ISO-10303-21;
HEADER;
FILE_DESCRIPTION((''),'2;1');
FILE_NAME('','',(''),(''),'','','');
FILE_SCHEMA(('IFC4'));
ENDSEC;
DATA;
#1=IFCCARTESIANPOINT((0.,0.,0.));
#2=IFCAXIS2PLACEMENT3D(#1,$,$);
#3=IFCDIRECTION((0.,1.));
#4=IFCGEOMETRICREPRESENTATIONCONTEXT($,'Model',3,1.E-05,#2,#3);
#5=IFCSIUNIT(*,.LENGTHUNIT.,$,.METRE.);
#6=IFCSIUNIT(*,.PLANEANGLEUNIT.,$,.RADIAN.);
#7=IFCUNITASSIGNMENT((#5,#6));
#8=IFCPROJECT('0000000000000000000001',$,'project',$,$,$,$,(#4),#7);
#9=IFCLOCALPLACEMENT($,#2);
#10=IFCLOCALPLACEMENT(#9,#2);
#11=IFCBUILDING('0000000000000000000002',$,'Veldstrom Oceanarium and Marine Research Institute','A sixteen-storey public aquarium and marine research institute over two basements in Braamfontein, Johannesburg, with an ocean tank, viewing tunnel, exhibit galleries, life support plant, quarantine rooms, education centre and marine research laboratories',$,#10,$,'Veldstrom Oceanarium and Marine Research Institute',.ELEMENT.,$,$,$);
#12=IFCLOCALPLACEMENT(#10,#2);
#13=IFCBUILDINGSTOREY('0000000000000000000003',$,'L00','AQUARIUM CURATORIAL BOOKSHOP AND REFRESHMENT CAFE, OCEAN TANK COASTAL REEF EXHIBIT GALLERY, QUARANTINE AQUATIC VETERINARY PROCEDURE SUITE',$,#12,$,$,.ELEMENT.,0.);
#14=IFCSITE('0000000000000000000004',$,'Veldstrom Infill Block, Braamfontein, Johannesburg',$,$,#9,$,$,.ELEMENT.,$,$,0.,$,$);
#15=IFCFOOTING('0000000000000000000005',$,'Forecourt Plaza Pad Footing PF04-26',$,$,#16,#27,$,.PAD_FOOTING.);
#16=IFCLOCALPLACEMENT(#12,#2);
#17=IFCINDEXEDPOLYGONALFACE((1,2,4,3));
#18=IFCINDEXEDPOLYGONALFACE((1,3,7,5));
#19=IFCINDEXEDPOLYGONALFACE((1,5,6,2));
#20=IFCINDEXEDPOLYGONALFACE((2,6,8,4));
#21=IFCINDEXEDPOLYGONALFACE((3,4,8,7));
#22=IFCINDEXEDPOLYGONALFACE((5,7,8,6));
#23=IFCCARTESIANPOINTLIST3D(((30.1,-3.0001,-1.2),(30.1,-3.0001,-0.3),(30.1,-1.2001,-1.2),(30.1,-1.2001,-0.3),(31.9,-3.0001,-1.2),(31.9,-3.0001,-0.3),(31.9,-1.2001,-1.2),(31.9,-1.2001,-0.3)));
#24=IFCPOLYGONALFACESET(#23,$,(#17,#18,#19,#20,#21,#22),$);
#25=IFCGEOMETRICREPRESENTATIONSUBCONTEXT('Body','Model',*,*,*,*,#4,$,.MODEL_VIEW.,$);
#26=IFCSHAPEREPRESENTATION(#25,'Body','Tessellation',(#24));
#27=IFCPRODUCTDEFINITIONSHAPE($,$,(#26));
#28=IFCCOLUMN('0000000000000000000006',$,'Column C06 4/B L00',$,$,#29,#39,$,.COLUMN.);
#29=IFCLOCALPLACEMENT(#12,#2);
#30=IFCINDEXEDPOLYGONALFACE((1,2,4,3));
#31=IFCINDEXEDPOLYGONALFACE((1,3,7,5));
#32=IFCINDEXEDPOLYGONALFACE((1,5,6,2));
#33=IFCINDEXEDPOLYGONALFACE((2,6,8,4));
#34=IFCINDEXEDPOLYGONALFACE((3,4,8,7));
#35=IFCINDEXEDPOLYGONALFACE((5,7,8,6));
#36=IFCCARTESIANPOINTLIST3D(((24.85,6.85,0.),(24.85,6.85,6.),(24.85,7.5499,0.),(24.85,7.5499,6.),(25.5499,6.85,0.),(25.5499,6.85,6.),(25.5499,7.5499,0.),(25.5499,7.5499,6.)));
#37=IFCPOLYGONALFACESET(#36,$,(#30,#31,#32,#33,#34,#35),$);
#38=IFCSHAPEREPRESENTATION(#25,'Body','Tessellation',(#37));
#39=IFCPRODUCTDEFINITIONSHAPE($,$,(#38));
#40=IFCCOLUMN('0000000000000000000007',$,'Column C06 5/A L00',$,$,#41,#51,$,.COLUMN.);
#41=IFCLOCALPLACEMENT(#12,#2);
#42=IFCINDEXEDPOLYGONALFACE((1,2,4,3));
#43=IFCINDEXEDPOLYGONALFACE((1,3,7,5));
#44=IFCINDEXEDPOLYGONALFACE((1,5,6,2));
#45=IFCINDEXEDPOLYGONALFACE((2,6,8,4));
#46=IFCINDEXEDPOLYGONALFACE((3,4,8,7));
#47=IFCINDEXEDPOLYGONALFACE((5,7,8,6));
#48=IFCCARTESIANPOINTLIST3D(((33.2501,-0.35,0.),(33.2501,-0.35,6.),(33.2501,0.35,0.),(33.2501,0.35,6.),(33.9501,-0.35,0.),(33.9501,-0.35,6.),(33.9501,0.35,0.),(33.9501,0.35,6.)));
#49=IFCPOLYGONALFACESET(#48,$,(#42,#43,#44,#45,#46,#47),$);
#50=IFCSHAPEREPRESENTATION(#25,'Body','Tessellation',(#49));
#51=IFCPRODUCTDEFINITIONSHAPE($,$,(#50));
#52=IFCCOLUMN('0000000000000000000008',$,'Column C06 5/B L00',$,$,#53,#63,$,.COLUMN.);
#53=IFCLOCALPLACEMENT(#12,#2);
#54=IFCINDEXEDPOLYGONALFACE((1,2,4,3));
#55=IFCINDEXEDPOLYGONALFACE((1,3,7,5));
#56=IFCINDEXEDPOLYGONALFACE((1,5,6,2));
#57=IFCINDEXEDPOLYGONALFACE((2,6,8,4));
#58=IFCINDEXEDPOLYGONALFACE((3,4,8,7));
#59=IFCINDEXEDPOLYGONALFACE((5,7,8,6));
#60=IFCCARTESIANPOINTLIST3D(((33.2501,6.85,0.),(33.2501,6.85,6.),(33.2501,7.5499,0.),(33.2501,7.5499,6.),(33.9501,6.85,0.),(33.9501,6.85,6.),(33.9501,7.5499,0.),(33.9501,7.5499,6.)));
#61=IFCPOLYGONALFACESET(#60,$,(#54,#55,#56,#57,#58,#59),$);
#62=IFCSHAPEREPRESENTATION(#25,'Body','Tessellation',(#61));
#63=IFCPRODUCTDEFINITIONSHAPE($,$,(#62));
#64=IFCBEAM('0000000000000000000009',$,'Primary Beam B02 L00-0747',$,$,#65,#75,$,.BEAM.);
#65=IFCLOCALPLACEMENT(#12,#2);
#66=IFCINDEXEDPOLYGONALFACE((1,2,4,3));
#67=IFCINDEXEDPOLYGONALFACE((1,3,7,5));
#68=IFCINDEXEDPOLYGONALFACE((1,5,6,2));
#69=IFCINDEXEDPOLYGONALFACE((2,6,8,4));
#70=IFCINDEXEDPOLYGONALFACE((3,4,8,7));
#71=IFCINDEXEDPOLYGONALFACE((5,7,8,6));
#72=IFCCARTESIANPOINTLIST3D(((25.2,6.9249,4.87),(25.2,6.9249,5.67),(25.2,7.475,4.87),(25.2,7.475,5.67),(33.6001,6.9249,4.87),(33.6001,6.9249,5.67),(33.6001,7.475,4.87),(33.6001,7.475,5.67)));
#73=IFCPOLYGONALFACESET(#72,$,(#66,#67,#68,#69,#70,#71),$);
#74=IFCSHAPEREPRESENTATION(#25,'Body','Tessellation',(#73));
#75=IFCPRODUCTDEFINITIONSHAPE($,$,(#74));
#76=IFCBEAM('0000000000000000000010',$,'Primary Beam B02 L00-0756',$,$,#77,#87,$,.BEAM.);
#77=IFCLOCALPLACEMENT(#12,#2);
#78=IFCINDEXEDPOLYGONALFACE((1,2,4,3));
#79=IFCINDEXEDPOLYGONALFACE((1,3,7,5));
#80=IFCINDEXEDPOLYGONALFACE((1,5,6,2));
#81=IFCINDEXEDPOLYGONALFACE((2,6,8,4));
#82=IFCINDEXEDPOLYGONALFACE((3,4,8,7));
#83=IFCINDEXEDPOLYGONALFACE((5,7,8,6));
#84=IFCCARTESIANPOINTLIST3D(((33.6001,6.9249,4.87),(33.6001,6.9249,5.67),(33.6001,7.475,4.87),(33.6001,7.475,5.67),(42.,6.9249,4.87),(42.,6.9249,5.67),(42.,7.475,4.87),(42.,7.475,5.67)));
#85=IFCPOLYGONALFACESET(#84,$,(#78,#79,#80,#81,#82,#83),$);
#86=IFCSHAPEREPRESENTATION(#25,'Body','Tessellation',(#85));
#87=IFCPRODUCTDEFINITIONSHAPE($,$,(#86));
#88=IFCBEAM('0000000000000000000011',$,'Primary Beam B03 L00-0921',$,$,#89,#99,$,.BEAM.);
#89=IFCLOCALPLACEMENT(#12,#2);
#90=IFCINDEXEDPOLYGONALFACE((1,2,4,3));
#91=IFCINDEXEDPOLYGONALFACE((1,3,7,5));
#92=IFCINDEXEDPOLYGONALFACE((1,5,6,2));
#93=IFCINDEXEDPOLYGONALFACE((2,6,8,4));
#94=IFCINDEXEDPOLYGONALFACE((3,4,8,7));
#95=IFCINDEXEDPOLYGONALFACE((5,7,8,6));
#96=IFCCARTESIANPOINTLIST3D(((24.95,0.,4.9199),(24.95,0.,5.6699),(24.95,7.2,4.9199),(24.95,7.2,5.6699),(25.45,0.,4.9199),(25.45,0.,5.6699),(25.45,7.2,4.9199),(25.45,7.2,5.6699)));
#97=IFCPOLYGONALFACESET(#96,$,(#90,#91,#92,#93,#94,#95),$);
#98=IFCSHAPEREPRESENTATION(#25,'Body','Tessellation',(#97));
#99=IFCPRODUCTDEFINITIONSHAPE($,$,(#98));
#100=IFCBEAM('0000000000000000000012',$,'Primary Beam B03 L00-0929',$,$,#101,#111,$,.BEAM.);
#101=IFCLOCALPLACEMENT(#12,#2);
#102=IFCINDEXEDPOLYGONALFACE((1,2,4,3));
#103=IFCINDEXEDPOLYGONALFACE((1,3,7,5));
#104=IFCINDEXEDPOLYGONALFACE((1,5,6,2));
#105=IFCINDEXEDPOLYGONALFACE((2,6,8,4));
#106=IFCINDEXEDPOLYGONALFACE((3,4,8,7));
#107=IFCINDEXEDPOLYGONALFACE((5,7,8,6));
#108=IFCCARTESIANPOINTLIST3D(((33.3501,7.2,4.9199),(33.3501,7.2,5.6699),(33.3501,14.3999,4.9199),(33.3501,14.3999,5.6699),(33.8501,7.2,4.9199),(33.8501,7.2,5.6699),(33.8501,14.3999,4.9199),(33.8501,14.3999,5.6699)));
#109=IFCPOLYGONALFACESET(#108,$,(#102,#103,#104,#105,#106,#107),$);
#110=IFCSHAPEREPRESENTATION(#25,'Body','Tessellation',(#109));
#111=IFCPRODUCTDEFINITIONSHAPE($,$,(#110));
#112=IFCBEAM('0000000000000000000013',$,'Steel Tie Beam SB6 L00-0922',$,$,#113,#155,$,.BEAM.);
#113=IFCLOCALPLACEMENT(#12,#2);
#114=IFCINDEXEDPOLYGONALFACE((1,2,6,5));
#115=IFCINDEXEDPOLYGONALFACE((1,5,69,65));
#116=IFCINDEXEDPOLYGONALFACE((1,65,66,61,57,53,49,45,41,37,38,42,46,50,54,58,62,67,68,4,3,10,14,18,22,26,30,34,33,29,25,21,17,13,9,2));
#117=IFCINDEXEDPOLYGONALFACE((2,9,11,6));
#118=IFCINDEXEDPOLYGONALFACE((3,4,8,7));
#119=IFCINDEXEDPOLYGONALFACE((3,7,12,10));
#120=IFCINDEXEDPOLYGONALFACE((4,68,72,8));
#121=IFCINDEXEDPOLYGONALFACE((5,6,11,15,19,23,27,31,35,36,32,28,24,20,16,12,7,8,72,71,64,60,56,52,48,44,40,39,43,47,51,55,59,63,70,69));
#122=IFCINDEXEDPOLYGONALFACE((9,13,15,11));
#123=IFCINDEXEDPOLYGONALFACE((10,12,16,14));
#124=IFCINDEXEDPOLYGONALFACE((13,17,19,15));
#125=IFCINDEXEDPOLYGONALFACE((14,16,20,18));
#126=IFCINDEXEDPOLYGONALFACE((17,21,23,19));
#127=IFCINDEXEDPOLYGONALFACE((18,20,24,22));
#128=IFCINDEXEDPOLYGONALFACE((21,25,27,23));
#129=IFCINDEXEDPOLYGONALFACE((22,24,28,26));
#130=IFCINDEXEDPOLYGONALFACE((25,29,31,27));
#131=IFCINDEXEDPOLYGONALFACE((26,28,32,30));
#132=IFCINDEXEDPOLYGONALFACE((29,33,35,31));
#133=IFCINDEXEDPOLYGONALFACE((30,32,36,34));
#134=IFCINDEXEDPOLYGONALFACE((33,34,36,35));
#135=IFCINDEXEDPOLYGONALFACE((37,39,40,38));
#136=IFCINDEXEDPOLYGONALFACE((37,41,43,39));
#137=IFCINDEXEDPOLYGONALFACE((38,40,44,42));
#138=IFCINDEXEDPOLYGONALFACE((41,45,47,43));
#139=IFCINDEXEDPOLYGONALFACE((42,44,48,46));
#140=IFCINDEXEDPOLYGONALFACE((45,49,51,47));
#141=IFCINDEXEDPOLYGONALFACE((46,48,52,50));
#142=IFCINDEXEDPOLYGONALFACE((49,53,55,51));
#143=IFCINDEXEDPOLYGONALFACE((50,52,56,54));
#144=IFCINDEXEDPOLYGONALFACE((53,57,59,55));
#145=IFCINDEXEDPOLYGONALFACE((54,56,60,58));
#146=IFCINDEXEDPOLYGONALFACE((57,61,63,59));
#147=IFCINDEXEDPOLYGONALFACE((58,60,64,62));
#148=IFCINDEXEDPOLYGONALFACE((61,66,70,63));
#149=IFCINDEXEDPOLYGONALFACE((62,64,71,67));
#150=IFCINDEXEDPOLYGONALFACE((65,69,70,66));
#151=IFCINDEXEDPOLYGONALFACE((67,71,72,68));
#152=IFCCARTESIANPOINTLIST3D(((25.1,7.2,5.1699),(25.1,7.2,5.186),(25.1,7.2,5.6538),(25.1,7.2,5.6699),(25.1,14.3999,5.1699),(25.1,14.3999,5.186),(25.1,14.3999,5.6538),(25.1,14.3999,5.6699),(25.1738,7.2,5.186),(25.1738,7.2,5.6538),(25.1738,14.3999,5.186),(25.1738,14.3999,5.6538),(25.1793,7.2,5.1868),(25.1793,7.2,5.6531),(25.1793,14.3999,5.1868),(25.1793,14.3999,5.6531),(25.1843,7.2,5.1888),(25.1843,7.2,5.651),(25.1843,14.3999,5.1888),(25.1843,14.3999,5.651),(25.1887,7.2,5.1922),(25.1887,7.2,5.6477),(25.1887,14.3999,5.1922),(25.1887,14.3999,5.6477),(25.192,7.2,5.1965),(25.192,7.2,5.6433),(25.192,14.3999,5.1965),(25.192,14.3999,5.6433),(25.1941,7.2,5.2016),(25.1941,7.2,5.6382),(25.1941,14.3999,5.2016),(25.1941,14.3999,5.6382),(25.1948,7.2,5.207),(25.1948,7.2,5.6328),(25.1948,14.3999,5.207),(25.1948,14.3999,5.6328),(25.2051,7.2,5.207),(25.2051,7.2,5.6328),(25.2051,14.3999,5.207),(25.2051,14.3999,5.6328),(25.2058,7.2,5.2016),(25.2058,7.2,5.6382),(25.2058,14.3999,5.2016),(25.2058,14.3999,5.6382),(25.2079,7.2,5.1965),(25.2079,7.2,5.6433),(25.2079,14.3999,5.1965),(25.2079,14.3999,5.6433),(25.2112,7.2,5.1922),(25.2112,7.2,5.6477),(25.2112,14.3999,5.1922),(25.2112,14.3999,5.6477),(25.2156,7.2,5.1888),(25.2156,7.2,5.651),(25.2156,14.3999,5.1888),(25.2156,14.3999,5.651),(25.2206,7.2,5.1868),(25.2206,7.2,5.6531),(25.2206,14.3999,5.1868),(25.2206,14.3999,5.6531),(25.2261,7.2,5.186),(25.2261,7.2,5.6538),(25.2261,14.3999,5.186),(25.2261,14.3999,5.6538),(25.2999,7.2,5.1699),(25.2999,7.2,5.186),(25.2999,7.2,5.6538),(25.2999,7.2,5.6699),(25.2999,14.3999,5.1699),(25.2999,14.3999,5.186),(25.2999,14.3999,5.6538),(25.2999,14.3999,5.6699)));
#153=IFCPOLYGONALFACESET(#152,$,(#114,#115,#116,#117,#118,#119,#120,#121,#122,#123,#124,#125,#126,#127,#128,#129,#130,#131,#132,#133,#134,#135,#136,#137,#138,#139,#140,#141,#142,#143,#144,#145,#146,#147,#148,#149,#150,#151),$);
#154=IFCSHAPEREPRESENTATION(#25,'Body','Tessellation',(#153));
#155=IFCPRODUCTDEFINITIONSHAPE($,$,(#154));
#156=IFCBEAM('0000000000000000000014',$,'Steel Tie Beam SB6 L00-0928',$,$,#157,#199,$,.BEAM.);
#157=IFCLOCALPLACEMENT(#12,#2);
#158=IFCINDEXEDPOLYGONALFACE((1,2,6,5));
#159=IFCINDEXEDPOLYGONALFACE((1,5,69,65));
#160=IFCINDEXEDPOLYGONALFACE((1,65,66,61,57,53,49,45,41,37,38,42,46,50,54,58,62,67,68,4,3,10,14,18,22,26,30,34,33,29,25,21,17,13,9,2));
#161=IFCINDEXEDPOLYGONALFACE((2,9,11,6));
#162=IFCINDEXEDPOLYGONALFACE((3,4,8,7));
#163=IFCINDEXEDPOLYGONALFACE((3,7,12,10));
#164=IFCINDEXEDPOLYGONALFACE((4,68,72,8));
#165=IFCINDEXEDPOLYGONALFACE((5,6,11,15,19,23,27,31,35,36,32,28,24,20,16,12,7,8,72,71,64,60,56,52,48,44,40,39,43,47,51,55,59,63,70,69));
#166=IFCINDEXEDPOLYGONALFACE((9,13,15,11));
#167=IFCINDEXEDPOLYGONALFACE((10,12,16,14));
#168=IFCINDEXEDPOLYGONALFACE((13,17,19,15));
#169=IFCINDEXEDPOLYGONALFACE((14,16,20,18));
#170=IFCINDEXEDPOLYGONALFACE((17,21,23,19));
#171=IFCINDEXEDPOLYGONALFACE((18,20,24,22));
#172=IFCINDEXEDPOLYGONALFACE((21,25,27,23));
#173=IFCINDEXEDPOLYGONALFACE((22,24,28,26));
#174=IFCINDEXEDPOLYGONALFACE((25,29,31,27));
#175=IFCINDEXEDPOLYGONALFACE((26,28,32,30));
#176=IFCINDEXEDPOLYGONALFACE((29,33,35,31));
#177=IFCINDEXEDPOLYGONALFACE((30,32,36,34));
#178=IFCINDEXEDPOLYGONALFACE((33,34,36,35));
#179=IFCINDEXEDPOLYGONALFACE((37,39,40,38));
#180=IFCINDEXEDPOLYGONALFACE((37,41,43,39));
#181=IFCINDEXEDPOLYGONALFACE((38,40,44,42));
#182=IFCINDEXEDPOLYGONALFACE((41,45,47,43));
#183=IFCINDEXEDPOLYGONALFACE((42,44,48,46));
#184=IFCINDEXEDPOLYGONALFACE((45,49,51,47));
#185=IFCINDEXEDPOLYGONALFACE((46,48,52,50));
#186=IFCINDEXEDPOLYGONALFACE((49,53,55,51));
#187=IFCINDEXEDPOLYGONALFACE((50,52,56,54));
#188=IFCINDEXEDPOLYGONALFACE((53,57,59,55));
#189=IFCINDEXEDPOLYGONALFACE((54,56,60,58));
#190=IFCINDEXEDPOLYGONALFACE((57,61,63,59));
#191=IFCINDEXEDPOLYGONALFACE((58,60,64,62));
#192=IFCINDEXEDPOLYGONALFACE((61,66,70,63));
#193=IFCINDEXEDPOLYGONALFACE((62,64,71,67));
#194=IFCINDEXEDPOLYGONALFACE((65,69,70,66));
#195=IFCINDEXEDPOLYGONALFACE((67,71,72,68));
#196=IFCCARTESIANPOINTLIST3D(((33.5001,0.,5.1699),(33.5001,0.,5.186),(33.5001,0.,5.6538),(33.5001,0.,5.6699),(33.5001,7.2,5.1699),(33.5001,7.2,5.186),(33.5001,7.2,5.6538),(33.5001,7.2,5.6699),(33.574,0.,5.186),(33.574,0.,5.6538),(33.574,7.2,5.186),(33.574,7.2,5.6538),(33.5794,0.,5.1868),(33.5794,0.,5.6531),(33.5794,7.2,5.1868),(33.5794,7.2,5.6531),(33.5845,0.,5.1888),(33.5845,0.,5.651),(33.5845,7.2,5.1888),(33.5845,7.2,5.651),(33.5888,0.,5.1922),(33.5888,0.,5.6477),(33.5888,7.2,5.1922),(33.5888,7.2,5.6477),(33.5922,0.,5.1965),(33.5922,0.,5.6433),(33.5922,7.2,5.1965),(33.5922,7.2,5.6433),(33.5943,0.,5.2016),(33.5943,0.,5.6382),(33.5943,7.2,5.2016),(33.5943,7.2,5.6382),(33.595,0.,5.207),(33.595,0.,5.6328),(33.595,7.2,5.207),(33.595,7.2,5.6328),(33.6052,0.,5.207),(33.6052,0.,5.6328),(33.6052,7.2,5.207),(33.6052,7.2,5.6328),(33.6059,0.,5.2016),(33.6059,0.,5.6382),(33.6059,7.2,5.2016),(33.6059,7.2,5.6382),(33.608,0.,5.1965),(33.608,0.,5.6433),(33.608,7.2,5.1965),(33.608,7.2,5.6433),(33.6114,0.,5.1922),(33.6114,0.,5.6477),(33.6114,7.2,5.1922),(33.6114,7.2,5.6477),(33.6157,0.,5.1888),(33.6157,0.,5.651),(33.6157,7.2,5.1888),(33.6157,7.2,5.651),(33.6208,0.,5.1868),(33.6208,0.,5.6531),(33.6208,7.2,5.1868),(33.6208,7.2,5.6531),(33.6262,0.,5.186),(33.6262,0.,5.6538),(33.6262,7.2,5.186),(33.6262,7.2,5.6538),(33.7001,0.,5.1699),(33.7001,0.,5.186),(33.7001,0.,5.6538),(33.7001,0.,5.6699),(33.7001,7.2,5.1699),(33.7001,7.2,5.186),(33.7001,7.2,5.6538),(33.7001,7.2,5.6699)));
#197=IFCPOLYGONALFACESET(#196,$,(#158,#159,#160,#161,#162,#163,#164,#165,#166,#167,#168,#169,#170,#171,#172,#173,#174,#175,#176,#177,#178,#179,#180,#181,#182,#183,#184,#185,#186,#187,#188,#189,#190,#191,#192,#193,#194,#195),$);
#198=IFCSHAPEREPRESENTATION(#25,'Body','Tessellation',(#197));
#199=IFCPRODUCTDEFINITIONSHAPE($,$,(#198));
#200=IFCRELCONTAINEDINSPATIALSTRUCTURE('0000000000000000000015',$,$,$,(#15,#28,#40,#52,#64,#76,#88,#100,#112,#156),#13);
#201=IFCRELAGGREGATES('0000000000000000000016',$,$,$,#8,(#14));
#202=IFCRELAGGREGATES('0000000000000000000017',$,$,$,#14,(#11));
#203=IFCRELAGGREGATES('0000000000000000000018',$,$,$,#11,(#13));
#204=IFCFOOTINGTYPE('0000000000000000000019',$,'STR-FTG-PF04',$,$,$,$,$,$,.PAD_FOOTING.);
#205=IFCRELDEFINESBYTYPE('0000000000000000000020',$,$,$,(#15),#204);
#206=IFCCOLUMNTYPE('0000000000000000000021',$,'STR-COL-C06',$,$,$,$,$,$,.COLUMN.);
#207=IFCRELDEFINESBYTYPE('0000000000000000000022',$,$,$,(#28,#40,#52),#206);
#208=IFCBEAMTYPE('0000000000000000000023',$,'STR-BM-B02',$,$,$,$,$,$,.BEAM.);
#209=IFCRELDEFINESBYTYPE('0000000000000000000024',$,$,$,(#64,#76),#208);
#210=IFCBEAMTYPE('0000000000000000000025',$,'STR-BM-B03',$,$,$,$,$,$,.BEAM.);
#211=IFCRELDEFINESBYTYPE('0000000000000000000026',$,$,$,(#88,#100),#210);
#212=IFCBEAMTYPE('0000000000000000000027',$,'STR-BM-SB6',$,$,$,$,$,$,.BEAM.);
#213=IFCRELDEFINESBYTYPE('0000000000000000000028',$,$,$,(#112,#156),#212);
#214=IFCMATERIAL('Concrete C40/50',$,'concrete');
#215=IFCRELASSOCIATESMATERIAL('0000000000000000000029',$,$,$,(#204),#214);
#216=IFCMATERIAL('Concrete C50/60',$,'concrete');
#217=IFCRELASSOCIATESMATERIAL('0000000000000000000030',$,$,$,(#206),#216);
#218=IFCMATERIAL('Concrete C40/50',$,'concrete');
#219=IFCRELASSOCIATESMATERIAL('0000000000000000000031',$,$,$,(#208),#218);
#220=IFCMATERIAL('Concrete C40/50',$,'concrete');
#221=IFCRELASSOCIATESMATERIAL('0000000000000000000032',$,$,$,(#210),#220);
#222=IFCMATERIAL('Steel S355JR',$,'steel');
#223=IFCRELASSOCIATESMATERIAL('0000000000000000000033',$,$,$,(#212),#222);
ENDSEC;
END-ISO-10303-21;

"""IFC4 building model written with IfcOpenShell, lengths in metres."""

from ifc_helpers import new_model, si_unit, direction, frame, origin, origin_2d, place, context, subcontext, project, spatial, rectangle, i_section, extrude, material, material_profile, profile_set, type_object, element, save


model = new_model("IFC4")

# Units and contexts
model_context = context("Model", 3, precision=1e-05, world=origin(), true_north=direction((0.0, 1.0)))
body_context = subcontext(model_context, "Body", "Model", "MODEL_VIEW")
ifc_project = project(units=[si_unit("LENGTHUNIT", "METRE"), si_unit("PLANEANGLEUNIT", "RADIAN")], contexts=[model_context])

# Site, building, storey
site_placement = place(None, origin())
site = spatial("IfcSite", under=ifc_project, at=site_placement, Name="Veldstrom Infill Block, Braamfontein, Johannesburg", CompositionType="ELEMENT", RefElevation=0.0)
building_placement = place(site_placement, origin())
building = spatial("IfcBuilding", under=site, at=building_placement, Name="Veldstrom Oceanarium and Marine Research Institute", Description="A sixteen-storey public aquarium and marine research institute over two basements in Braamfontein, Johannesburg, with an ocean tank, viewing tunnel, exhibit galleries, life support plant, quarantine rooms, education centre and marine research laboratories", LongName="Veldstrom Oceanarium and Marine Research Institute", CompositionType="ELEMENT")
storey_placement = place(building_placement, origin())
storey = spatial("IfcBuildingStorey", under=building, at=storey_placement, Name="L00", Description="AQUARIUM CURATORIAL BOOKSHOP AND REFRESHMENT CAFE, OCEAN TANK COASTAL REEF EXHIBIT GALLERY, QUARANTINE AQUATIC VETERINARY PROCEDURE SUITE", CompositionType="ELEMENT", Elevation=0.0)

# Footing
ifc_material_1 = material(Name="Concrete C40/50", Category="concrete")
footing_type = type_object("IfcFootingType", Name="STR-FTG-PF04", PredefinedType="PAD_FOOTING", material=ifc_material_1)
footing_placement = place(storey_placement, frame((31.0, -2.1001, -1.2), z_axis=(0.0, 0.0, 1.0), x_axis=(1.0, 0.0, 0.0)))
element("IfcFooting", 1, at=footing_placement, inside=storey, type_object=footing_type, Name="Forecourt Plaza Pad Footing PF04-26", PredefinedType="PAD_FOOTING", context=body_context, shape_type="SweptSolid", body=[
    extrude(rectangle(XDim=1.8, YDim=1.8, at=origin_2d()), origin(), (0.0, 0.0, 1.0), 0.8999),
])

# Columns
ifc_material_2 = material(Name="Concrete C50/60", Category="concrete")
ifc_material_profile_1 = material_profile(ifc_material_2, rectangle(XDim=0.7, YDim=0.7, at=origin_2d()), Name="RC-COL-700x700")
ifc_profile_set_1 = profile_set([ifc_material_profile_1], Name="Concrete C50/60")
column_type = type_object("IfcColumnType", Name="STR-COL-C06", PredefinedType="COLUMN", material=ifc_profile_set_1)
for number, where, z_axis, x_axis, name in (
    (2, (25.2, 7.2, 0.0), (0.0, 0.0, 1.0), (1.0, 0.0, 0.0), "Column C06 4/B L00"),
    (3, (33.6001, 0.0, 0.0), (0.0, 0.0, 1.0), (1.0, 0.0, 0.0), "Column C06 5/A L00"),
    (4, (33.6001, 7.2, 0.0), (0.0, 0.0, 1.0), (1.0, 0.0, 0.0), "Column C06 5/B L00"),
):
    element("IfcColumn", number, at=place(storey_placement, frame(where, z_axis=z_axis, x_axis=x_axis)), inside=storey, type_object=column_type, Name=name, PredefinedType="COLUMN", context=body_context, shape_type="SweptSolid", body=[
        extrude(rectangle(XDim=0.7, YDim=0.7, at=origin_2d()), origin(), (0.0, 0.0, 1.0), 6.0),
    ])

# Beams
ifc_material_3 = material(Name="Concrete C40/50", Category="concrete")
ifc_material_profile_2 = material_profile(ifc_material_3, rectangle(XDim=0.55, YDim=0.8, at=origin_2d()), Name="RC-BM-550x800")
ifc_profile_set_2 = profile_set([ifc_material_profile_2], Name="Concrete C40/50")
beam_type_1 = type_object("IfcBeamType", Name="STR-BM-B02", PredefinedType="BEAM", material=ifc_profile_set_2)
beam_1_placement = place(storey_placement, frame((25.2, 7.2, 5.27), z_axis=(1.0, 0.0, 0.0), x_axis=(0.0, 1.0, 0.0)))
element("IfcBeam", 5, at=beam_1_placement, inside=storey, type_object=beam_type_1, Name="Primary Beam B02 L00-0747", PredefinedType="BEAM", context=body_context, shape_type="SweptSolid", body=[
    extrude(rectangle(XDim=0.55, YDim=0.8, at=origin_2d()), origin(), (0.0, 0.0, 1.0), 8.4001),
])
beam_2_placement = place(storey_placement, frame((33.6001, 7.2, 5.27), z_axis=(1.0, 0.0, 0.0), x_axis=(0.0, 1.0, 0.0)))
element("IfcBeam", 6, at=beam_2_placement, inside=storey, type_object=beam_type_1, Name="Primary Beam B02 L00-0756", PredefinedType="BEAM", context=body_context, shape_type="SweptSolid", body=[
    extrude(rectangle(XDim=0.55, YDim=0.8, at=origin_2d()), origin(), (0.0, 0.0, 1.0), 8.3999),
])
ifc_material_4 = material(Name="Concrete C40/50", Category="concrete")
ifc_material_profile_3 = material_profile(ifc_material_4, rectangle(XDim=0.5, YDim=0.75, at=origin_2d()), Name="RC-BM-500x750")
ifc_profile_set_3 = profile_set([ifc_material_profile_3], Name="Concrete C40/50")
beam_type_2 = type_object("IfcBeamType", Name="STR-BM-B03", PredefinedType="BEAM", material=ifc_profile_set_3)
for number, where, z_axis, x_axis, name in (
    (7, (25.2, 0.0, 5.2949), (0.0, 1.0, 0.0), (-1.0, 0.0, 0.0), "Primary Beam B03 L00-0921"),
    (8, (33.6001, 7.2, 5.2949), (0.0, 1.0, 0.0), (-1.0, 0.0, 0.0), "Primary Beam B03 L00-0929"),
):
    element("IfcBeam", number, at=place(storey_placement, frame(where, z_axis=z_axis, x_axis=x_axis)), inside=storey, type_object=beam_type_2, Name=name, PredefinedType="BEAM", context=body_context, shape_type="SweptSolid", body=[
        extrude(rectangle(XDim=0.5, YDim=0.75, at=origin_2d()), origin(), (0.0, 0.0, 1.0), 7.2),
    ])
ifc_material_5 = material(Name="Steel S355JR", Category="steel")
ifc_material_profile_4 = material_profile(ifc_material_5, i_section(OverallWidth=0.2, OverallDepth=0.5, WebThickness=0.0103, FlangeThickness=0.0161, FilletRadius=0.021, at=origin_2d()), Name="IPE 500")
ifc_profile_set_4 = profile_set([ifc_material_profile_4], Name="Steel S355JR")
beam_type_3 = type_object("IfcBeamType", Name="STR-BM-SB6", PredefinedType="BEAM", material=ifc_profile_set_4)
for number, where, z_axis, x_axis, name in (
    (9, (25.2, 7.2, 5.4199), (0.0, 1.0, 0.0), (-1.0, 0.0, 0.0), "Steel Tie Beam SB6 L00-0922"),
    (10, (33.6001, 0.0, 5.4199), (0.0, 1.0, 0.0), (-1.0, 0.0, 0.0), "Steel Tie Beam SB6 L00-0928"),
):
    element("IfcBeam", number, at=place(storey_placement, frame(where, z_axis=z_axis, x_axis=x_axis)), inside=storey, type_object=beam_type_3, Name=name, PredefinedType="BEAM", context=body_context, shape_type="SweptSolid", body=[
        extrude(i_section(OverallWidth=0.2, OverallDepth=0.5, WebThickness=0.0103, FlangeThickness=0.0161, FilletRadius=0.021, at=origin_2d()), origin(), (0.0, 0.0, 1.0), 7.2),
    ])

save(model, "model.ifc")
